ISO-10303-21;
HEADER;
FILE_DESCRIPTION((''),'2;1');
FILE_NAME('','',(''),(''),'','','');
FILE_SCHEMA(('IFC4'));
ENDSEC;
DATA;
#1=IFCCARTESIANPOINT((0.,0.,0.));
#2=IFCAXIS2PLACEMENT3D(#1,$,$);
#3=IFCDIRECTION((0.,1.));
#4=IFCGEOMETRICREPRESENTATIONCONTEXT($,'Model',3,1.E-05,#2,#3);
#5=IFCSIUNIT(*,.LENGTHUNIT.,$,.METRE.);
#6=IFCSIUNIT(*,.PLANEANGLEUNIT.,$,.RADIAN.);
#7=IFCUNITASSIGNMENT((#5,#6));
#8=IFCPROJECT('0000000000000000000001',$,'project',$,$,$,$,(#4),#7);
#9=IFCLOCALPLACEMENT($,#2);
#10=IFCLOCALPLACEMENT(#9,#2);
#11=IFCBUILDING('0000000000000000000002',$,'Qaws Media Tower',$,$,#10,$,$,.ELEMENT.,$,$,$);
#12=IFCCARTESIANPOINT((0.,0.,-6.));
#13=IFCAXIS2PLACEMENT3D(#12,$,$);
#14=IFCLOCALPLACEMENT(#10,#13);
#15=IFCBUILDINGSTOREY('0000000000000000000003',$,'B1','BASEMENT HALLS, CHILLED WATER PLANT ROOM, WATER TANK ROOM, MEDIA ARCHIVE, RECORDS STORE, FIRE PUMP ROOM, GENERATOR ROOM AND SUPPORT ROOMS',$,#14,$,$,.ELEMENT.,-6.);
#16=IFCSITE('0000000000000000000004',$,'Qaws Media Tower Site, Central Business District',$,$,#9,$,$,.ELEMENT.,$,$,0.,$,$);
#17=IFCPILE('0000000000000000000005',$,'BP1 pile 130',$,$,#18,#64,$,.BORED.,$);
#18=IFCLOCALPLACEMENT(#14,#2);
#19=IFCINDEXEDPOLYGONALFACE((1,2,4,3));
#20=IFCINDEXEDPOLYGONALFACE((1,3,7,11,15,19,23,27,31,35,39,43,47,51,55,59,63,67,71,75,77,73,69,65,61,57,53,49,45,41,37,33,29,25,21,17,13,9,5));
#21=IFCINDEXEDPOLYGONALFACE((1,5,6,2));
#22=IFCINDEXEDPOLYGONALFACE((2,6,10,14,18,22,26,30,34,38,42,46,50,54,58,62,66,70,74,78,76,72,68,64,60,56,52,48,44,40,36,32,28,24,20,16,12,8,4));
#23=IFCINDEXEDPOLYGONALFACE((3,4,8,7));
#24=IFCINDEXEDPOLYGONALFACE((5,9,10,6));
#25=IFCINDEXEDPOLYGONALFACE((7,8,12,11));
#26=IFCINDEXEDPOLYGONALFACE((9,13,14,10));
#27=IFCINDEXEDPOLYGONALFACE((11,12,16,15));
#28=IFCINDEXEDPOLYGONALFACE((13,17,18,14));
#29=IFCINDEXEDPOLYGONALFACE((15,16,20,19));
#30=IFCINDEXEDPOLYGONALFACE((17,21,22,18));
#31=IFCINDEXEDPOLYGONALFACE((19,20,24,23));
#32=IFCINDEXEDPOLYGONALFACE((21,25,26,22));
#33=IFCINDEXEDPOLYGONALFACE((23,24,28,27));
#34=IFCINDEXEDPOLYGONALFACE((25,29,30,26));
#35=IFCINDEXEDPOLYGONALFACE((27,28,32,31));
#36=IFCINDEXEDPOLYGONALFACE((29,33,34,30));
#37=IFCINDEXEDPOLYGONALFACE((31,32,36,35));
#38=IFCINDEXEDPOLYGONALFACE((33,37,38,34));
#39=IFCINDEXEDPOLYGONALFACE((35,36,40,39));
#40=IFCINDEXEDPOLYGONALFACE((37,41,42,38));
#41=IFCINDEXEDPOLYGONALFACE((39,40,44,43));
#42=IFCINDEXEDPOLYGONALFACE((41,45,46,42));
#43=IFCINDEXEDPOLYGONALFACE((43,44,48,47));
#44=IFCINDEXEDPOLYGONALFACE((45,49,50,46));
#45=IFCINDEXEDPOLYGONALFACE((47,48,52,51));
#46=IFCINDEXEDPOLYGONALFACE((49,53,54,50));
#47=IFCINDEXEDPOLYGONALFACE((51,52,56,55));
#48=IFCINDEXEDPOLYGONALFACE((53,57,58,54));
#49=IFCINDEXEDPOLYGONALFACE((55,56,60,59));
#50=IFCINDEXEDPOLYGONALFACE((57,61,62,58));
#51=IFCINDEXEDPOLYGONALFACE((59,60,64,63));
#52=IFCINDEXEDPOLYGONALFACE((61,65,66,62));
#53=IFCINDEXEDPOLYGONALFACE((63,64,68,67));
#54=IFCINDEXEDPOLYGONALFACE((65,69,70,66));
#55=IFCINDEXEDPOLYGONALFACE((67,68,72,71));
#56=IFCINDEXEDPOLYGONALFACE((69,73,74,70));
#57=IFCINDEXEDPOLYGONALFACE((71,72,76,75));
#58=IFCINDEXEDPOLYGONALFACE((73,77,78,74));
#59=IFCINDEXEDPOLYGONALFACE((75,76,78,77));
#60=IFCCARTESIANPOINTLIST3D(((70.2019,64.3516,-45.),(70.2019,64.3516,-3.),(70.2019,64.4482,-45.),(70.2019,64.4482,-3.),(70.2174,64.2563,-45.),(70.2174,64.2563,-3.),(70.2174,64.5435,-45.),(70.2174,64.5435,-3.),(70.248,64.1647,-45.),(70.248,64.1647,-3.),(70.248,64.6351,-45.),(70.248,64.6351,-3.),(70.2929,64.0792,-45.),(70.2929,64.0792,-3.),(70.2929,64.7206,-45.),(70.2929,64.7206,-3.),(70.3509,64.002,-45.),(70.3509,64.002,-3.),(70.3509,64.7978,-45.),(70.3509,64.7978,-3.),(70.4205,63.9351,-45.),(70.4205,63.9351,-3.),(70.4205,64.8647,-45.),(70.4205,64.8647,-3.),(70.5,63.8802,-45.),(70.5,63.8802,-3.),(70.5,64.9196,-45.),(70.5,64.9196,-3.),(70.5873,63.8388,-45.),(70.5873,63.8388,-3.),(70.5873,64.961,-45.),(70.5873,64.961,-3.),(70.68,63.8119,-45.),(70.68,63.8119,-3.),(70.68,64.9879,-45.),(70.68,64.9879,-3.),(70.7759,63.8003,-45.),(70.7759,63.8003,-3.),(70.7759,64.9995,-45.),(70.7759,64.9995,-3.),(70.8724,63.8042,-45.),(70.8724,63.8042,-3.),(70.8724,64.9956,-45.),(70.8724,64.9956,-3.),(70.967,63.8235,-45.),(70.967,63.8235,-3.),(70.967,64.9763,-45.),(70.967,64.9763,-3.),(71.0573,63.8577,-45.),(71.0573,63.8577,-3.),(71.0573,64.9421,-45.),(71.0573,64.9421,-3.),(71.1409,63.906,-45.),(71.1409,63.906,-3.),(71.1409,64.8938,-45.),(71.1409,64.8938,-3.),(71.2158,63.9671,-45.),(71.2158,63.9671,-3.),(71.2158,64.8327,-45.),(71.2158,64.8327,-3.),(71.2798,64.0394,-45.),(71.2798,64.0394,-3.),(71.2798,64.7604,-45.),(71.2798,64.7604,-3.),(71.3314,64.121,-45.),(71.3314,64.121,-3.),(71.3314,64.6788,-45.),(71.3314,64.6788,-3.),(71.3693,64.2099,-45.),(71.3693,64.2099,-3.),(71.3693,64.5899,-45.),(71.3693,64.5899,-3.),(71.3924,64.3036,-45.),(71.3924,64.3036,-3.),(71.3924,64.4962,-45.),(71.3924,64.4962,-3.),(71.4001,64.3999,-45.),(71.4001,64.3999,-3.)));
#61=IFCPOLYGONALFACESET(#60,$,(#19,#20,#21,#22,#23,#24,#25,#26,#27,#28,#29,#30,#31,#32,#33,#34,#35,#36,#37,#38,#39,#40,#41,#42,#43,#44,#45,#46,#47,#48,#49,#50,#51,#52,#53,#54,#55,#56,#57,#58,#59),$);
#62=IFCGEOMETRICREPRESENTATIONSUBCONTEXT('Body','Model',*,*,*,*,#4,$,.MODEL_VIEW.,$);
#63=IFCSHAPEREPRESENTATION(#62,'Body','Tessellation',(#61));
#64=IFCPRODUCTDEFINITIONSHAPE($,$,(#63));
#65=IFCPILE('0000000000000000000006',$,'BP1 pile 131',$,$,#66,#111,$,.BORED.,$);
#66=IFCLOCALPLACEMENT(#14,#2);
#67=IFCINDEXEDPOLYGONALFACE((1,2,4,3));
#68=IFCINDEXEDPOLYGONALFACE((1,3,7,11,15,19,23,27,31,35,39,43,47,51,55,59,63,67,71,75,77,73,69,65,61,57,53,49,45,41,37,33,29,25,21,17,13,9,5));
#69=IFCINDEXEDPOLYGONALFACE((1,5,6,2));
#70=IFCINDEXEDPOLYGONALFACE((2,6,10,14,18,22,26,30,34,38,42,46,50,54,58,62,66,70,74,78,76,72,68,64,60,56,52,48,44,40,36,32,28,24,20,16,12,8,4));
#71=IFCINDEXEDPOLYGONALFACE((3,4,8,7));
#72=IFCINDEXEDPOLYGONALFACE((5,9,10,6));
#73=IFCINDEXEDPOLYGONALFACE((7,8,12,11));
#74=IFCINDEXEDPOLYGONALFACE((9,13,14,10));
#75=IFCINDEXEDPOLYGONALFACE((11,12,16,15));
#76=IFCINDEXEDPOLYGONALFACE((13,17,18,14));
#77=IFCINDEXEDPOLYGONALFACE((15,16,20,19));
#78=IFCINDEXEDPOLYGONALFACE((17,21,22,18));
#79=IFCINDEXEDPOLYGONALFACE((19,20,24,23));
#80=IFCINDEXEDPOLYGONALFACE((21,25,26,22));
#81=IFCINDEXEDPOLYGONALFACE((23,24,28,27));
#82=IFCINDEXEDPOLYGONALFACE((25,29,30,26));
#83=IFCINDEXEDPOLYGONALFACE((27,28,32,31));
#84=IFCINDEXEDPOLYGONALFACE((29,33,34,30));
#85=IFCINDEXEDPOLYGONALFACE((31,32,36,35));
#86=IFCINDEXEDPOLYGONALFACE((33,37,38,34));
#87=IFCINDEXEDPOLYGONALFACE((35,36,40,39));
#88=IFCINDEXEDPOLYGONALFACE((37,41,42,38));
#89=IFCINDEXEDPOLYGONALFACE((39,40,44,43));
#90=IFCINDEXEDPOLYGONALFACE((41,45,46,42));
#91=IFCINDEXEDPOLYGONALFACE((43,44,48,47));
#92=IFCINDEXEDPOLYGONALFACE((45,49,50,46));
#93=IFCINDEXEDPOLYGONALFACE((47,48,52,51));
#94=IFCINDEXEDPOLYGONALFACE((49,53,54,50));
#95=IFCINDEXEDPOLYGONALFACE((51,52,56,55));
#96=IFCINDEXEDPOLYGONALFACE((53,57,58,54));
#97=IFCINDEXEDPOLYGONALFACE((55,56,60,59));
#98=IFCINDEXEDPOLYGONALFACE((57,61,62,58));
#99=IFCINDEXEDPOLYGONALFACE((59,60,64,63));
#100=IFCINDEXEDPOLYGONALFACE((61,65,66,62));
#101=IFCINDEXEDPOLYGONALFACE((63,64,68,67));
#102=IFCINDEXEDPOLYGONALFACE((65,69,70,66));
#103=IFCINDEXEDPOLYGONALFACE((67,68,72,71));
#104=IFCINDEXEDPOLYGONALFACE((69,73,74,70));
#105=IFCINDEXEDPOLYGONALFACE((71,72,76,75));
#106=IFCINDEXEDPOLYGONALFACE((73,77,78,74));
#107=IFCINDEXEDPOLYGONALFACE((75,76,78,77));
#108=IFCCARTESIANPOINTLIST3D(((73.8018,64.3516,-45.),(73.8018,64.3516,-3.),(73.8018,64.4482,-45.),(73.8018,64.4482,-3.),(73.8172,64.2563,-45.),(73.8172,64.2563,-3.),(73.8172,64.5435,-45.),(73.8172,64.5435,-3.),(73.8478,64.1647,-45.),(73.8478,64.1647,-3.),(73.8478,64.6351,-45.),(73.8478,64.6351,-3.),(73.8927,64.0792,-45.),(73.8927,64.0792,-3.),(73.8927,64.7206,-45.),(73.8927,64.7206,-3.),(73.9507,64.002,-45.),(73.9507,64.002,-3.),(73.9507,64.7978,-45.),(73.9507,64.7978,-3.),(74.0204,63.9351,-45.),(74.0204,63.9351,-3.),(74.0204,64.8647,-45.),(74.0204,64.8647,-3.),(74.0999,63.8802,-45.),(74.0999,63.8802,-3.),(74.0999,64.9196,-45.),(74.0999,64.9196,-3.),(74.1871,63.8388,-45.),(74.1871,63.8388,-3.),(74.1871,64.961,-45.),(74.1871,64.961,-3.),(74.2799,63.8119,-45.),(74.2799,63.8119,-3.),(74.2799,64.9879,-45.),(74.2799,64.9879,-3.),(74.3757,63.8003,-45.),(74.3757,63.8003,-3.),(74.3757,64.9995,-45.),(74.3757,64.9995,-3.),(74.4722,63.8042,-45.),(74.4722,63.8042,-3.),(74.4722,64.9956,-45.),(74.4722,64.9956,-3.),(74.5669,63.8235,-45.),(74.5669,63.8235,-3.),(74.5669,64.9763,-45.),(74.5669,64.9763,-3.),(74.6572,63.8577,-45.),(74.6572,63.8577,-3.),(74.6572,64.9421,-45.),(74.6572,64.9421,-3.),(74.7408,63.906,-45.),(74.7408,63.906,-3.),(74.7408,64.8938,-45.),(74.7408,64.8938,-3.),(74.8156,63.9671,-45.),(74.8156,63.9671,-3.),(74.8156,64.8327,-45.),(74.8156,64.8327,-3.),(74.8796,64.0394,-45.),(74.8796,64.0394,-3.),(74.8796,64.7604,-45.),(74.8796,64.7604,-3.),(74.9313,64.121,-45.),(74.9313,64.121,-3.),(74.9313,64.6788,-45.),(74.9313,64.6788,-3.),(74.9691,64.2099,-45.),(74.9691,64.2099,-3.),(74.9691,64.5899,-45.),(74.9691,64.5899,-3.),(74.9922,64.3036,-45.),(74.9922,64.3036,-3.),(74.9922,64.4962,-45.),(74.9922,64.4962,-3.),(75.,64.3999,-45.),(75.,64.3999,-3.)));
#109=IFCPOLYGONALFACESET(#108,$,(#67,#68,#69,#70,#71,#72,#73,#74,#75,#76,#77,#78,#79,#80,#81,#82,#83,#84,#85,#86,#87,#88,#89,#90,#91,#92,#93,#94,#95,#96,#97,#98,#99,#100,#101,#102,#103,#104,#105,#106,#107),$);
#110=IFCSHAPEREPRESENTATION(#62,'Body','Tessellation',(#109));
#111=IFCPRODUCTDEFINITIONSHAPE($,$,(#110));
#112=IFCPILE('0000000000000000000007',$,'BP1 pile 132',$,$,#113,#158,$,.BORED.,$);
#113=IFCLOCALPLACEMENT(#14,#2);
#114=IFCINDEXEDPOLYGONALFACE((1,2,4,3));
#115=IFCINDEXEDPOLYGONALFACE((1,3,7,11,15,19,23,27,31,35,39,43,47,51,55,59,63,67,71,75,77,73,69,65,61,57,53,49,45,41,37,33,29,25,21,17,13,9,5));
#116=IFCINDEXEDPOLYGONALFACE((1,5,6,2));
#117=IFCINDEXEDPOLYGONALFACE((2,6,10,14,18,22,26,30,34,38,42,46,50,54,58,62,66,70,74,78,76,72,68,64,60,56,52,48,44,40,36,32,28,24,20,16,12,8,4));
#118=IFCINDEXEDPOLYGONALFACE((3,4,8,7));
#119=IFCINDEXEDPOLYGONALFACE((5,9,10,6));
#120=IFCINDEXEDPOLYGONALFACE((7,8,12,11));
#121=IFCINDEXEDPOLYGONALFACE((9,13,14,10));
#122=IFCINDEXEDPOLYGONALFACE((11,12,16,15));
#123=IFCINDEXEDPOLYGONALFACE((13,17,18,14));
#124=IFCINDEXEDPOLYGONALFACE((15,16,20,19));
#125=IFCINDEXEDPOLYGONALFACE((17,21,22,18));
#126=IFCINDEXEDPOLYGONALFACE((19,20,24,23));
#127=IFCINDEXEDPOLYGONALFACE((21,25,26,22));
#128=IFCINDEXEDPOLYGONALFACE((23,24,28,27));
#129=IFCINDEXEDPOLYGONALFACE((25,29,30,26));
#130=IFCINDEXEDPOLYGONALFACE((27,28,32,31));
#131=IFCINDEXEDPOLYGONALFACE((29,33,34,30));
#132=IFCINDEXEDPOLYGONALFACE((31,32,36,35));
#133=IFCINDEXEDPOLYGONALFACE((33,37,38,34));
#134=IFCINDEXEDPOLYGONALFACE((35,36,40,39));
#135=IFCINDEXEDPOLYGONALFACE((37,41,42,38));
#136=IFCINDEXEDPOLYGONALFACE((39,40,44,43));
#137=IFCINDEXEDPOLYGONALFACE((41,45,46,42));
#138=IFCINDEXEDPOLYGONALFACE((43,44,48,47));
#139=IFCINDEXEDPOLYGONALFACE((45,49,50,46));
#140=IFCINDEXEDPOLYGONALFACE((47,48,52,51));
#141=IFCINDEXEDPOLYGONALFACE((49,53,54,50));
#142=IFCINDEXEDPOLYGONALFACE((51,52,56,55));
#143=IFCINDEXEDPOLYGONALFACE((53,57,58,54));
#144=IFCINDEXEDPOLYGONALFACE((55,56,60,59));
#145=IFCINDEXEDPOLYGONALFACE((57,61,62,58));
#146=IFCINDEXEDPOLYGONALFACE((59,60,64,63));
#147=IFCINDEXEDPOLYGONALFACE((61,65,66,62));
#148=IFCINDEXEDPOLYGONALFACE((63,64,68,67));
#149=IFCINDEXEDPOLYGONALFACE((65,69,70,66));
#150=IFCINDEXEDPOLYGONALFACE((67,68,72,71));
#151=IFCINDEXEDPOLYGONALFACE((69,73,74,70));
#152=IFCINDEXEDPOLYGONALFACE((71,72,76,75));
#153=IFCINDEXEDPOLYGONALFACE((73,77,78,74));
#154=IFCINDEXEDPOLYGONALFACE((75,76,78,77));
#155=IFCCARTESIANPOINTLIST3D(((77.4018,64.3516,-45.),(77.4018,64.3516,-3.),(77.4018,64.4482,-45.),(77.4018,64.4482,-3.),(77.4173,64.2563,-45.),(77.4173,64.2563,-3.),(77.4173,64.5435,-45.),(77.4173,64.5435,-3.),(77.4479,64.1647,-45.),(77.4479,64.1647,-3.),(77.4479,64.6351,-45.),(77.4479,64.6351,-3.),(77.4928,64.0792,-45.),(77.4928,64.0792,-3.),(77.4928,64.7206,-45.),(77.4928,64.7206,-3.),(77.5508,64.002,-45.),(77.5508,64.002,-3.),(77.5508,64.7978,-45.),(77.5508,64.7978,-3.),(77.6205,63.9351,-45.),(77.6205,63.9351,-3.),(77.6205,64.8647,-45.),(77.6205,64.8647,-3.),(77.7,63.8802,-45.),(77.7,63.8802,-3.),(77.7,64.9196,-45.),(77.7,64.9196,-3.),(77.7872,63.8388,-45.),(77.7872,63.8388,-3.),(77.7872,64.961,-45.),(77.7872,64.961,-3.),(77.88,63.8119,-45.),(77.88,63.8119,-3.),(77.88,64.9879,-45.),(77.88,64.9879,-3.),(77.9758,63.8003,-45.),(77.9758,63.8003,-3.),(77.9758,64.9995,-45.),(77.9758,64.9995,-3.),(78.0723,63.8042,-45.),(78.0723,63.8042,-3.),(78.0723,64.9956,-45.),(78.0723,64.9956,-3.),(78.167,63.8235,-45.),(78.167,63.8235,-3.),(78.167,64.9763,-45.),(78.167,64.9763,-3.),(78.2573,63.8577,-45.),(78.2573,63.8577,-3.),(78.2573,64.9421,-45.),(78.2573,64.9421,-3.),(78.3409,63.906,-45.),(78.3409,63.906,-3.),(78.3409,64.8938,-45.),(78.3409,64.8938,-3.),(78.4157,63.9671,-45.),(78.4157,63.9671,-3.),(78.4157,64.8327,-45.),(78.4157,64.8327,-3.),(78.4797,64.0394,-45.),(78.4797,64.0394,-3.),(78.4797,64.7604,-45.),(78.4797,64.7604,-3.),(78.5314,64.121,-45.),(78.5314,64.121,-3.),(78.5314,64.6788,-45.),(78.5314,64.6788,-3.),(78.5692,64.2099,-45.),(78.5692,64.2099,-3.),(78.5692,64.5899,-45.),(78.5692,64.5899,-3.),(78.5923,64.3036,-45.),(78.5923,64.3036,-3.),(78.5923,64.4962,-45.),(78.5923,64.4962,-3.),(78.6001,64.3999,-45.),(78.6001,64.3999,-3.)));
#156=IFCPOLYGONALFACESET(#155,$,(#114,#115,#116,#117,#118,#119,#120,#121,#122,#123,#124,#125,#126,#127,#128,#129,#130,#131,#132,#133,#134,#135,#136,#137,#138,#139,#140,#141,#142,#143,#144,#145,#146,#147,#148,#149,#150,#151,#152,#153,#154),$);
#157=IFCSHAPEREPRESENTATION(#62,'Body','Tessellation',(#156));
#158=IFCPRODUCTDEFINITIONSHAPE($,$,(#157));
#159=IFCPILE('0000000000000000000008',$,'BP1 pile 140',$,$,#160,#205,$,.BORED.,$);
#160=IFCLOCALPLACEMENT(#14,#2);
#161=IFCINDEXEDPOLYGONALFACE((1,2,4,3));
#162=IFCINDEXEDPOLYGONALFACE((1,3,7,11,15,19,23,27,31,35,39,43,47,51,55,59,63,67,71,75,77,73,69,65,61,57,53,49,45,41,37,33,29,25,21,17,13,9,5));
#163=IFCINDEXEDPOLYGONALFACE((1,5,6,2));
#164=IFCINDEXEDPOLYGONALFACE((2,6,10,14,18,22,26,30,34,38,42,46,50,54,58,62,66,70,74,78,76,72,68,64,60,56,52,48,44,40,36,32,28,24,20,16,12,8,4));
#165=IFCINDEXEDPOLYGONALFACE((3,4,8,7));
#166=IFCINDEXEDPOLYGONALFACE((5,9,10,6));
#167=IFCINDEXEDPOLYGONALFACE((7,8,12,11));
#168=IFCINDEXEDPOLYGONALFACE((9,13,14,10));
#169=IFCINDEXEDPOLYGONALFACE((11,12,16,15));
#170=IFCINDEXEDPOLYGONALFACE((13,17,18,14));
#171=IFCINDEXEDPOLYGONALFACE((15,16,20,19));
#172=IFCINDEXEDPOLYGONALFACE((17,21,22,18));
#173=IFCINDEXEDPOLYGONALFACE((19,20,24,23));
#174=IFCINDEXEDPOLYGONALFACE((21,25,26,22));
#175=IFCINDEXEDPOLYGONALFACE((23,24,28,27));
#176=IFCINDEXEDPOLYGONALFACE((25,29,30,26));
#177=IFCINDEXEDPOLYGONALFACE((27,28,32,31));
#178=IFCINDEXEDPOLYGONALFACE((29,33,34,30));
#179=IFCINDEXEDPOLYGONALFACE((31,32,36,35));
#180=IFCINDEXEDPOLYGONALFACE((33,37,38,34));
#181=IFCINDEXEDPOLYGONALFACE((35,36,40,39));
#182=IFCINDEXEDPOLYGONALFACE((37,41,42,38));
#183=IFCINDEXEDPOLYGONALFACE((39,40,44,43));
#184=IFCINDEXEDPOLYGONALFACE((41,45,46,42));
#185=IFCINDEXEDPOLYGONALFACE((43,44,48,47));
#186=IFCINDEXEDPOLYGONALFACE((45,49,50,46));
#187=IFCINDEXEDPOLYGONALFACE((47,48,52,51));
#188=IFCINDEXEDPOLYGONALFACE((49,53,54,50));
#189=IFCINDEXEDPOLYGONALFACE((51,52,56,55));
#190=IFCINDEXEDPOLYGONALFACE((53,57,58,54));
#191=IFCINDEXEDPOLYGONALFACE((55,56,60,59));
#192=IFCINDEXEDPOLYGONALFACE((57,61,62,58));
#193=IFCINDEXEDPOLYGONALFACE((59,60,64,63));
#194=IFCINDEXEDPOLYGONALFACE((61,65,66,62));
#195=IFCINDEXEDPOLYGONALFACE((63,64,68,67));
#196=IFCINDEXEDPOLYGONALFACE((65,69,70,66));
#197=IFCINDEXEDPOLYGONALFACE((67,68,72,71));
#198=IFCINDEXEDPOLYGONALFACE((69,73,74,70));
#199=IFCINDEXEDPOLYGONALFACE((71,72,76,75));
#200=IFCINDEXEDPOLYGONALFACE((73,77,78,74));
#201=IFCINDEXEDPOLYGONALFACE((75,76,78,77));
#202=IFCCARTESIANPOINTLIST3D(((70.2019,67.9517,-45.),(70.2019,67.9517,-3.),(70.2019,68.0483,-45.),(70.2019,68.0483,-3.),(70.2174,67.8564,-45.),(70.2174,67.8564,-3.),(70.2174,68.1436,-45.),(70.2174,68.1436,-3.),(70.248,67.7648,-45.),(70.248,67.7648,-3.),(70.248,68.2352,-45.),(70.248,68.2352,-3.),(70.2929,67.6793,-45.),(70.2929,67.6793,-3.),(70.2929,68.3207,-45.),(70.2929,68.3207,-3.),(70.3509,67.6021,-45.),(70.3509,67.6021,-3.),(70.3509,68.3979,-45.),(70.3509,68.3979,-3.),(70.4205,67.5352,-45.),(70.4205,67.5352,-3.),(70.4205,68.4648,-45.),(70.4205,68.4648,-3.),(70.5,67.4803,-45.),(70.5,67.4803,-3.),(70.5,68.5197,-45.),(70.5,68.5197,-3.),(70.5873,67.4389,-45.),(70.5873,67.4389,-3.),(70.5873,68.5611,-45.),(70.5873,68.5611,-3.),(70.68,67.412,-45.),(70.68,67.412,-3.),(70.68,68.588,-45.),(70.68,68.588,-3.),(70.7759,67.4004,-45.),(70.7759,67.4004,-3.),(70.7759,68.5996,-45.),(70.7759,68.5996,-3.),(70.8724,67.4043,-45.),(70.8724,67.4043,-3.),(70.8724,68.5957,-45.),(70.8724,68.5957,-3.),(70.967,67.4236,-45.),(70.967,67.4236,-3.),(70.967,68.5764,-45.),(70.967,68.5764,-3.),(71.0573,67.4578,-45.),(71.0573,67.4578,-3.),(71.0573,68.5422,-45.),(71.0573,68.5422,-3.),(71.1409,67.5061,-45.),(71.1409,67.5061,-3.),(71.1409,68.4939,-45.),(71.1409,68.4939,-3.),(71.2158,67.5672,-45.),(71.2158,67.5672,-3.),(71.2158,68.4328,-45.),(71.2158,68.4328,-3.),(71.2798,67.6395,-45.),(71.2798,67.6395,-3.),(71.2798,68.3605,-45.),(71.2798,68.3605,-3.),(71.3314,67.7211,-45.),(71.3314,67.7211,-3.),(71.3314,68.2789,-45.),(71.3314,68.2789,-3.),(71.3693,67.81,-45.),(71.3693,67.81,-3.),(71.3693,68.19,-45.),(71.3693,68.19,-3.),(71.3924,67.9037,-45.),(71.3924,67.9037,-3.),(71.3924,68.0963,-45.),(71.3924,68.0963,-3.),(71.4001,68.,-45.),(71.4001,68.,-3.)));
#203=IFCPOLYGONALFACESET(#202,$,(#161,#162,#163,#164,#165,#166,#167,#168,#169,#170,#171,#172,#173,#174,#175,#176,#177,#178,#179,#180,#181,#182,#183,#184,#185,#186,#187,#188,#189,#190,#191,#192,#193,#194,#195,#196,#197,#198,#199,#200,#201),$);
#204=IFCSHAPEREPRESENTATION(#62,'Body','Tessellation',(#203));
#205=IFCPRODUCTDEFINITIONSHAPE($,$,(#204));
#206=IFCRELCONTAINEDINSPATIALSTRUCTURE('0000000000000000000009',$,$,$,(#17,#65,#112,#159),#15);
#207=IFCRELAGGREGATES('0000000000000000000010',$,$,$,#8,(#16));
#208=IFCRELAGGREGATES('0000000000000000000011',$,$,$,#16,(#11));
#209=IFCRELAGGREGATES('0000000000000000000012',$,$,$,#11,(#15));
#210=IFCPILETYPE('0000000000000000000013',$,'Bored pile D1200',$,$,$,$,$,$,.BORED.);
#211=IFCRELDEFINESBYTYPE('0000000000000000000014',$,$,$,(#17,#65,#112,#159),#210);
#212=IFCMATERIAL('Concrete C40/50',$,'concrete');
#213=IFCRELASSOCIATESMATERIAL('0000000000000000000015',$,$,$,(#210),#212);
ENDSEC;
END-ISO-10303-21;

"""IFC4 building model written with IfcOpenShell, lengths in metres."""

from ifc_helpers import new_model, si_unit, direction, frame, origin, origin_2d, place, context, subcontext, project, spatial, circle, extrude, material, material_profile, profile_set, type_object, element, save


model = new_model("IFC4")

# Units and contexts
model_context = context("Model", 3, precision=1e-05, world=origin(), true_north=direction((0.0, 1.0)))
body_context = subcontext(model_context, "Body", "Model", "MODEL_VIEW")
ifc_project = project(units=[si_unit("LENGTHUNIT", "METRE"), si_unit("PLANEANGLEUNIT", "RADIAN")], contexts=[model_context])

# Site, building, storey
site_placement = place(None, origin())
site = spatial("IfcSite", under=ifc_project, at=site_placement, Name="Qaws Media Tower Site, Central Business District", CompositionType="ELEMENT", RefElevation=0.0)
building_placement = place(site_placement, origin())
building = spatial("IfcBuilding", under=site, at=building_placement, Name="Qaws Media Tower", CompositionType="ELEMENT")
storey_placement = place(building_placement, frame((0.0, 0.0, -6.0)))
storey = spatial("IfcBuildingStorey", under=building, at=storey_placement, Name="B1", Description="BASEMENT HALLS, CHILLED WATER PLANT ROOM, WATER TANK ROOM, MEDIA ARCHIVE, RECORDS STORE, FIRE PUMP ROOM, GENERATOR ROOM AND SUPPORT ROOMS", CompositionType="ELEMENT", Elevation=-6.0)

# Piles
ifc_material_1 = material(Name="Concrete C40/50", Category="concrete")
ifc_material_profile_1 = material_profile(ifc_material_1, circle(Radius=0.6001, at=origin_2d()), Name="D1200")
ifc_profile_set_1 = profile_set([ifc_material_profile_1], Name="Concrete C40/50")
pile_type_1 = type_object("IfcPileType", Name="Bored pile D1200", PredefinedType="BORED", material=ifc_profile_set_1)
for number, where, z_axis, x_axis, name in (
    (1, (70.8, 64.3999, -3.0), (0.0, 0.0, -1.0), (1.0, 0.0, 0.0), "BP1 pile 130"),
    (2, (74.3999, 64.3999, -3.0), (0.0, 0.0, -1.0), (1.0, 0.0, 0.0), "BP1 pile 131"),
    (3, (78.0, 64.3999, -3.0), (0.0, 0.0, -1.0), (1.0, 0.0, 0.0), "BP1 pile 132"),
    (4, (70.8, 68.0, -3.0), (0.0, 0.0, -1.0), (1.0, 0.0, 0.0), "BP1 pile 140"),
):
    element("IfcPile", number, at=place(storey_placement, frame(where, z_axis=z_axis, x_axis=x_axis)), inside=storey, type_object=pile_type_1, Name=name, PredefinedType="BORED", context=body_context, shape_type="SweptSolid", body=[
        extrude(circle(Radius=0.6001, at=origin_2d()), origin(), (0.0, 0.0, 1.0), 42.0),
    ])

save(model, "model.ifc")
